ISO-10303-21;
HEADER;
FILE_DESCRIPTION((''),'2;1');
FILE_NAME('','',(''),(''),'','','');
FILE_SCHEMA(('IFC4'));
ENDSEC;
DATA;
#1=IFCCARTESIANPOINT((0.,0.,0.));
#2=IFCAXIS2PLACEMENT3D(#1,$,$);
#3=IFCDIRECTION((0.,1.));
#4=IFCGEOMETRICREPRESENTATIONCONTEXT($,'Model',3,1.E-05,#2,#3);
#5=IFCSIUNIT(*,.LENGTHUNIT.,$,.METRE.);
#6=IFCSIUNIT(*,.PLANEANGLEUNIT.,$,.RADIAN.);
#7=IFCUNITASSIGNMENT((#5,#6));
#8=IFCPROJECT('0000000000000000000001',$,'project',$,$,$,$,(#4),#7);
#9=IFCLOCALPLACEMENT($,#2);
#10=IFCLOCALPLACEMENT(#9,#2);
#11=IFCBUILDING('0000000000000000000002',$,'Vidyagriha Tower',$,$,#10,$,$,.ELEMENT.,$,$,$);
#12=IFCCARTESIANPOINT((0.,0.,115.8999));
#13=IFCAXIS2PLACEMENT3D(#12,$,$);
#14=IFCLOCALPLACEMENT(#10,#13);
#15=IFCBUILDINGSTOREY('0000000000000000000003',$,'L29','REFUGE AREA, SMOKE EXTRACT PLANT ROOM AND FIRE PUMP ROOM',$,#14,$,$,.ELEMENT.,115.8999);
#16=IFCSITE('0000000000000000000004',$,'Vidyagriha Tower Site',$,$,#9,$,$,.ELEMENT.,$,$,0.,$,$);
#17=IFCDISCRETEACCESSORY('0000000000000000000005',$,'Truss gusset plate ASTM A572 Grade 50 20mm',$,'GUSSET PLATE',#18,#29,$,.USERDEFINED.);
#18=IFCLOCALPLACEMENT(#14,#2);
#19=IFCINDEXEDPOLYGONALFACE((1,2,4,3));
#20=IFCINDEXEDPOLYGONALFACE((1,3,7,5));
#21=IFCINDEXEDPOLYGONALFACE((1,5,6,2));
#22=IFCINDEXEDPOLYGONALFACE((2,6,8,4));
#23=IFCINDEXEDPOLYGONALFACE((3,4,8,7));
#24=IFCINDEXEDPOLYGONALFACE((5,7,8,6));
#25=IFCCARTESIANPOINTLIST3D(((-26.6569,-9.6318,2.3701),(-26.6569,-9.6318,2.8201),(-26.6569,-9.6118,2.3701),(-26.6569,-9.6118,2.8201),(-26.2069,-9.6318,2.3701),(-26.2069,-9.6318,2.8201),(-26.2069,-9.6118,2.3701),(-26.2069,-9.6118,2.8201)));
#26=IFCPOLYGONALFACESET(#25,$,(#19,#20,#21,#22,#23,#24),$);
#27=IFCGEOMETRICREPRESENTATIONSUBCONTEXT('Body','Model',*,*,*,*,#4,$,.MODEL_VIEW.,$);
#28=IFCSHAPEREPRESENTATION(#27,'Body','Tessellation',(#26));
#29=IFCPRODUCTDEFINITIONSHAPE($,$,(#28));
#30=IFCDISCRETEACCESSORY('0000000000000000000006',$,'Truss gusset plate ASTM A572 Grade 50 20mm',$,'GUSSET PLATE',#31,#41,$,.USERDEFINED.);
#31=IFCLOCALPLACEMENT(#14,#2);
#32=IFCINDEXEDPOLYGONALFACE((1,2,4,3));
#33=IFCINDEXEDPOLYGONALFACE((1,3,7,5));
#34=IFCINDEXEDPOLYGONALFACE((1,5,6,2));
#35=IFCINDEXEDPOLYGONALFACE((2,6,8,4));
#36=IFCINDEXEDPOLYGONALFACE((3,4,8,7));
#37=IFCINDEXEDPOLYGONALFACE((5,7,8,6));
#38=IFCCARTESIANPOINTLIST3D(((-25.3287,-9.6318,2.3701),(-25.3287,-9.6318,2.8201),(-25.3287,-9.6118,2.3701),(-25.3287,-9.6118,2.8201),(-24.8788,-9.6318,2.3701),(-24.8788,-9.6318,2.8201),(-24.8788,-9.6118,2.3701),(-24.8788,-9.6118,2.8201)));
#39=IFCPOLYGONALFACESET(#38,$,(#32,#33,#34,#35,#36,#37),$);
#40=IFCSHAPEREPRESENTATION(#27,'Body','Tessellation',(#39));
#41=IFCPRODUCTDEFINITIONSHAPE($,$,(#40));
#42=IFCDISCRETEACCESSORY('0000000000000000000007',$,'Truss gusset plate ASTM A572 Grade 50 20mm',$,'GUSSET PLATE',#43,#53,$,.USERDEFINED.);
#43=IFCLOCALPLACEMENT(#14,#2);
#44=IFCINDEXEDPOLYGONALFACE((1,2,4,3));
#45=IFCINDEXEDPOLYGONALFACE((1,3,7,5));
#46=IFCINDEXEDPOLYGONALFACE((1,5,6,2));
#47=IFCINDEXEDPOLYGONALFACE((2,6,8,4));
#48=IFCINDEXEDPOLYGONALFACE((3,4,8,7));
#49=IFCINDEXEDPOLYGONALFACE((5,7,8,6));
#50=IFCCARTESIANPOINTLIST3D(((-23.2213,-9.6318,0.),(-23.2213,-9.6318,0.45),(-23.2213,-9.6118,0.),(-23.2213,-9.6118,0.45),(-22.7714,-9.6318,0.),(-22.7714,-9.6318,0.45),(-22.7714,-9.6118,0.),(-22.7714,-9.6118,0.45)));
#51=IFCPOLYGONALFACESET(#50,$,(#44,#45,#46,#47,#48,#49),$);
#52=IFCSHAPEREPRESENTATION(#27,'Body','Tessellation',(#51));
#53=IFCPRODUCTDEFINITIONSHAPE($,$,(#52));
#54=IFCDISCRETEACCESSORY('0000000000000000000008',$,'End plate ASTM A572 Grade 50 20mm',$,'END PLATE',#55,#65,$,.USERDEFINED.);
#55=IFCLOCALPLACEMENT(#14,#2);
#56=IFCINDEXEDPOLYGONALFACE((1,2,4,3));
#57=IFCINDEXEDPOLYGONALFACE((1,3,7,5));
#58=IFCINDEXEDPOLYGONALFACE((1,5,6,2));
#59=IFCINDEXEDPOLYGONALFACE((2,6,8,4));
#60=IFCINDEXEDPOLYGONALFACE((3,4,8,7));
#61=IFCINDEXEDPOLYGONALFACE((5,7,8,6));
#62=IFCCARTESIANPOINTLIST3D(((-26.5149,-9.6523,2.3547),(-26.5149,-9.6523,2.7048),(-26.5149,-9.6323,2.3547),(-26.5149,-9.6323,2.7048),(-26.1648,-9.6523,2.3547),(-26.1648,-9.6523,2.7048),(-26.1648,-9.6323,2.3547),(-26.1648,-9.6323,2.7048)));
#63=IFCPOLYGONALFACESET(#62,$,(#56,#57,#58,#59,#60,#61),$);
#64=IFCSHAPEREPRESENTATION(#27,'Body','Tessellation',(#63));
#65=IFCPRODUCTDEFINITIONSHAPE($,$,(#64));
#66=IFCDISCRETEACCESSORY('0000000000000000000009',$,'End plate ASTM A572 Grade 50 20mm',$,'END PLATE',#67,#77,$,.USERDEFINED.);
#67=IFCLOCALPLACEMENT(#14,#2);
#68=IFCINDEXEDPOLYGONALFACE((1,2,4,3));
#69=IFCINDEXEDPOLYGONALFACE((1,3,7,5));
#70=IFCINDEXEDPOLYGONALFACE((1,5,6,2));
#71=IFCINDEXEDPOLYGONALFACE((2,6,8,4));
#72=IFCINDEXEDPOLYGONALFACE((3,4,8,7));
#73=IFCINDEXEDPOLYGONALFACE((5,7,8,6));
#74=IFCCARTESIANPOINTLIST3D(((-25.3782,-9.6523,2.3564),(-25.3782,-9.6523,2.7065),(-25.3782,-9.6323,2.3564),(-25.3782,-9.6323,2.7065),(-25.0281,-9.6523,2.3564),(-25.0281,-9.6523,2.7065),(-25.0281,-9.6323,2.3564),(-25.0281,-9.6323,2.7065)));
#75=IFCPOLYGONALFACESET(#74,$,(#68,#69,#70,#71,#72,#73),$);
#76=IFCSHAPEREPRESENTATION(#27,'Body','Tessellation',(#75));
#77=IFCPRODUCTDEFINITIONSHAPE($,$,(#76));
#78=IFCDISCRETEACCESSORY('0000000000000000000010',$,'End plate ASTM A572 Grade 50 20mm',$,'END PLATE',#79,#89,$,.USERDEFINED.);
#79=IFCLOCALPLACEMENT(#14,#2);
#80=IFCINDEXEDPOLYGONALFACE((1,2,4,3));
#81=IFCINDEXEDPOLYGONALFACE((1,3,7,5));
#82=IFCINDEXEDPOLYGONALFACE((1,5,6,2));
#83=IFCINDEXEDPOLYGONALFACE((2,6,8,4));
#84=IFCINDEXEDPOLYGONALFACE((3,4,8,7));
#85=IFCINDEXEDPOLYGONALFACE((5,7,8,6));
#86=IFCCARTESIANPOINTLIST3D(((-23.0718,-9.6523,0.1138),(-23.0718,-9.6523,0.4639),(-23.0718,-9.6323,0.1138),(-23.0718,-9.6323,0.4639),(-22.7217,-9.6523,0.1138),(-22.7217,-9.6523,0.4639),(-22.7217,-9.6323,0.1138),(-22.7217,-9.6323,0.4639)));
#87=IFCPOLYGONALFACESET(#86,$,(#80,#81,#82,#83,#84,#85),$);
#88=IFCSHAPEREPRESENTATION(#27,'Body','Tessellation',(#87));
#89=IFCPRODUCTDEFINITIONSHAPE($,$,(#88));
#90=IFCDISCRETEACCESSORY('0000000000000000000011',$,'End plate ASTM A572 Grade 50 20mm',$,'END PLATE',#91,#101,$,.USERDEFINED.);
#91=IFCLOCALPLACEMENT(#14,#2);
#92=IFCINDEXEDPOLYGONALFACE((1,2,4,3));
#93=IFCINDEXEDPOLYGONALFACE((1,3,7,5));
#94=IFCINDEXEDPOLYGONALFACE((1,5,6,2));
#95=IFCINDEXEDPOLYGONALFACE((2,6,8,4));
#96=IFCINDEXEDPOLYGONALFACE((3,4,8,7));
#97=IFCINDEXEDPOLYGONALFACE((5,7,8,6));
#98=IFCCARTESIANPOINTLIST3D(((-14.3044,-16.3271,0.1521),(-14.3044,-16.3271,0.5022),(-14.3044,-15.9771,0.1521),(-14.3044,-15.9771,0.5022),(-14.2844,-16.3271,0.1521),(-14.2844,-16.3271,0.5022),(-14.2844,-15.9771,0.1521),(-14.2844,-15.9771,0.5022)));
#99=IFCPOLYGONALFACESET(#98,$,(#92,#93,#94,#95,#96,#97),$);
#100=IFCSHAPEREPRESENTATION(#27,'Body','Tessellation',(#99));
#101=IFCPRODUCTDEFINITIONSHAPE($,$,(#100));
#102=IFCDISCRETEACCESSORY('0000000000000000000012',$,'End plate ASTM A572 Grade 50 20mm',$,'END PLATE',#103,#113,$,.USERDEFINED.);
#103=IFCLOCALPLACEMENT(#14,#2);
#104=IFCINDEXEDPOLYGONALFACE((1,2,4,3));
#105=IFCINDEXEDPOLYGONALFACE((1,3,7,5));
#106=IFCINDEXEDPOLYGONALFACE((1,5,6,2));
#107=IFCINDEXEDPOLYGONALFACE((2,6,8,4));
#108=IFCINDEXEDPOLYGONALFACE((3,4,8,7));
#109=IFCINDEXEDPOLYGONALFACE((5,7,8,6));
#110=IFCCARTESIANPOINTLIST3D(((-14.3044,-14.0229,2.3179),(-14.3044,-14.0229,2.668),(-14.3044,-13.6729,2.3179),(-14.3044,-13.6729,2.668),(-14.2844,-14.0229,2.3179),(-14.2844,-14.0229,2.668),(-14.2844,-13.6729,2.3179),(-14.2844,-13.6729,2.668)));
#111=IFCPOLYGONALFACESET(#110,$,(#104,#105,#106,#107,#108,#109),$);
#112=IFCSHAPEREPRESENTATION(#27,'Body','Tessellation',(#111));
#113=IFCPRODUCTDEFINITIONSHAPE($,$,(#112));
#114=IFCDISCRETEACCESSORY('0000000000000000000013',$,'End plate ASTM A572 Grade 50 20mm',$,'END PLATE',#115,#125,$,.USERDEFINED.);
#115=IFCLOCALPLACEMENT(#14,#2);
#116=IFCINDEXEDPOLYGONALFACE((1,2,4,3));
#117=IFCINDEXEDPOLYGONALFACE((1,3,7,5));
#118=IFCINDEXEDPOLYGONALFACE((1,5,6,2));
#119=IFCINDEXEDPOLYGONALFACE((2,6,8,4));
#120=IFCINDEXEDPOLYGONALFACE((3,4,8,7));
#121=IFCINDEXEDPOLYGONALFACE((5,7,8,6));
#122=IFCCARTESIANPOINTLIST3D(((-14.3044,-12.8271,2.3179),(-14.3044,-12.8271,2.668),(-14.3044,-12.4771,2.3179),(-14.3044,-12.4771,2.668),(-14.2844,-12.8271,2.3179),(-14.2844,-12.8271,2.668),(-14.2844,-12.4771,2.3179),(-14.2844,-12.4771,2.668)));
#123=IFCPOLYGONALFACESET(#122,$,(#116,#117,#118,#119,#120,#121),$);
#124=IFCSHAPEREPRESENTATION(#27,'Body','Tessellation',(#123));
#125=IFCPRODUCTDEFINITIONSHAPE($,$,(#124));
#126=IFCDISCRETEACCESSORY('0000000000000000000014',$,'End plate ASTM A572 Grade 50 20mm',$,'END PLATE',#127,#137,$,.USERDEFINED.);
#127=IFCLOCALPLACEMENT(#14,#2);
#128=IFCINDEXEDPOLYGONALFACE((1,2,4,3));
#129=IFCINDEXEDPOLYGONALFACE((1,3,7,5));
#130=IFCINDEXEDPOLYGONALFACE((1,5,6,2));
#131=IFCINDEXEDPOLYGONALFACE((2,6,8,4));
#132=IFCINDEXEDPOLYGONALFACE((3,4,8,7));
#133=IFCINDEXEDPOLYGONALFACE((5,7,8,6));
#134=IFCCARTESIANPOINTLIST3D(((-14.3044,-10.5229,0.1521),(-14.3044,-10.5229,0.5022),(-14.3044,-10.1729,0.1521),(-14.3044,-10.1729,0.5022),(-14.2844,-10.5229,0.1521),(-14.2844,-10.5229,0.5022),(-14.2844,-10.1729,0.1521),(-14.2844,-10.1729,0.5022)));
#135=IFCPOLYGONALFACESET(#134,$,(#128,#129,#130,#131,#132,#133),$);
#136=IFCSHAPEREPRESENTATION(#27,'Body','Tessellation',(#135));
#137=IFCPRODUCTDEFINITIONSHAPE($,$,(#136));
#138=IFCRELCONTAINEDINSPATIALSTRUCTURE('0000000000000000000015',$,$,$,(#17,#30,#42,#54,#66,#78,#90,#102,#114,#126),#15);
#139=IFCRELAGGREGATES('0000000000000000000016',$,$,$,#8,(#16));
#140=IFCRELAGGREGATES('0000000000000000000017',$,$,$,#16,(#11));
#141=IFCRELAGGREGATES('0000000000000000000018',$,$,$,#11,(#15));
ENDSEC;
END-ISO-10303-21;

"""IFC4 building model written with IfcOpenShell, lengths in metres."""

from ifc_helpers import new_model, si_unit, direction, frame, origin, origin_2d, place, context, subcontext, project, spatial, rectangle, extrude, element, save


model = new_model("IFC4")

# Units and contexts
model_context = context("Model", 3, precision=1e-05, world=origin(), true_north=direction((0.0, 1.0)))
body_context = subcontext(model_context, "Body", "Model", "MODEL_VIEW")
ifc_project = project(units=[si_unit("LENGTHUNIT", "METRE"), si_unit("PLANEANGLEUNIT", "RADIAN")], contexts=[model_context])

# Site, building, storey
site_placement = place(None, origin())
site = spatial("IfcSite", under=ifc_project, at=site_placement, Name="Vidyagriha Tower Site", CompositionType="ELEMENT", RefElevation=0.0)
building_placement = place(site_placement, origin())
building = spatial("IfcBuilding", under=site, at=building_placement, Name="Vidyagriha Tower", CompositionType="ELEMENT")
storey_placement = place(building_placement, frame((0.0, 0.0, 115.8999)))
storey = spatial("IfcBuildingStorey", under=building, at=storey_placement, Name="L29", Description="REFUGE AREA, SMOKE EXTRACT PLANT ROOM AND FIRE PUMP ROOM", CompositionType="ELEMENT", Elevation=115.8999)

# Discrete accessories
for number, where, name in (
    (1, (-26.4319, -9.6218, 2.3701), "Truss gusset plate ASTM A572 Grade 50 20mm"),
    (2, (-25.1038, -9.6218, 2.3701), "Truss gusset plate ASTM A572 Grade 50 20mm"),
    (3, (-22.9963, -9.6218, 0.0), "Truss gusset plate ASTM A572 Grade 50 20mm"),
):
    element("IfcDiscreteAccessory", number, at=place(storey_placement, frame(where)), inside=storey, Name=name, ObjectType="GUSSET PLATE", PredefinedType="USERDEFINED", context=body_context, shape_type="SweptSolid", body=[
        extrude(rectangle(XDim=0.45, YDim=0.02, at=origin_2d()), origin(), (0.0, 0.0, 1.0), 0.45),
    ])
discrete_accessory_1_placement = place(storey_placement, frame((-26.3398, -9.6423, 2.3547)))
element("IfcDiscreteAccessory", 4, at=discrete_accessory_1_placement, inside=storey, Name="End plate ASTM A572 Grade 50 20mm", ObjectType="END PLATE", PredefinedType="USERDEFINED", context=body_context, shape_type="SweptSolid", body=[
    extrude(rectangle(XDim=0.3501, YDim=0.02, at=origin_2d()), origin(), (0.0, 0.0, 1.0), 0.3501),
])
discrete_accessory_2_placement = place(storey_placement, frame((-25.2031, -9.6423, 2.3564), z_axis=(0.0, 0.0, 1.0), x_axis=(-1.0, 0.0, 0.0)))
element("IfcDiscreteAccessory", 5, at=discrete_accessory_2_placement, inside=storey, Name="End plate ASTM A572 Grade 50 20mm", ObjectType="END PLATE", PredefinedType="USERDEFINED", context=body_context, shape_type="SweptSolid", body=[
    extrude(rectangle(XDim=0.3501, YDim=0.02, at=origin_2d()), origin(), (0.0, 0.0, 1.0), 0.3501),
])
discrete_accessory_3_placement = place(storey_placement, frame((-22.8967, -9.6423, 0.1138)))
element("IfcDiscreteAccessory", 6, at=discrete_accessory_3_placement, inside=storey, Name="End plate ASTM A572 Grade 50 20mm", ObjectType="END PLATE", PredefinedType="USERDEFINED", context=body_context, shape_type="SweptSolid", body=[
    extrude(rectangle(XDim=0.3501, YDim=0.02, at=origin_2d()), origin(), (0.0, 0.0, 1.0), 0.3501),
])
for number, where, z_axis, x_axis, name in (
    (7, (-14.2944, -16.1521, 0.1521), (0.0, 0.0, 1.0), (0.0, -1.0, 0.0), "End plate ASTM A572 Grade 50 20mm"),
    (8, (-14.2944, -13.8479, 2.3179), (0.0, 0.0, 1.0), (0.0, 1.0, 0.0), "End plate ASTM A572 Grade 50 20mm"),
    (9, (-14.2944, -12.6521, 2.3179), (0.0, 0.0, 1.0), (0.0, -1.0, 0.0), "End plate ASTM A572 Grade 50 20mm"),
    (10, (-14.2944, -10.3479, 0.1521), (0.0, 0.0, 1.0), (0.0, 1.0, 0.0), "End plate ASTM A572 Grade 50 20mm"),
):
    element("IfcDiscreteAccessory", number, at=place(storey_placement, frame(where, z_axis=z_axis, x_axis=x_axis)), inside=storey, Name=name, ObjectType="END PLATE", PredefinedType="USERDEFINED", context=body_context, shape_type="SweptSolid", body=[
        extrude(rectangle(XDim=0.3501, YDim=0.02, at=origin_2d()), origin(), (0.0, 0.0, 1.0), 0.3501),
    ])

save(model, "model.ifc")
